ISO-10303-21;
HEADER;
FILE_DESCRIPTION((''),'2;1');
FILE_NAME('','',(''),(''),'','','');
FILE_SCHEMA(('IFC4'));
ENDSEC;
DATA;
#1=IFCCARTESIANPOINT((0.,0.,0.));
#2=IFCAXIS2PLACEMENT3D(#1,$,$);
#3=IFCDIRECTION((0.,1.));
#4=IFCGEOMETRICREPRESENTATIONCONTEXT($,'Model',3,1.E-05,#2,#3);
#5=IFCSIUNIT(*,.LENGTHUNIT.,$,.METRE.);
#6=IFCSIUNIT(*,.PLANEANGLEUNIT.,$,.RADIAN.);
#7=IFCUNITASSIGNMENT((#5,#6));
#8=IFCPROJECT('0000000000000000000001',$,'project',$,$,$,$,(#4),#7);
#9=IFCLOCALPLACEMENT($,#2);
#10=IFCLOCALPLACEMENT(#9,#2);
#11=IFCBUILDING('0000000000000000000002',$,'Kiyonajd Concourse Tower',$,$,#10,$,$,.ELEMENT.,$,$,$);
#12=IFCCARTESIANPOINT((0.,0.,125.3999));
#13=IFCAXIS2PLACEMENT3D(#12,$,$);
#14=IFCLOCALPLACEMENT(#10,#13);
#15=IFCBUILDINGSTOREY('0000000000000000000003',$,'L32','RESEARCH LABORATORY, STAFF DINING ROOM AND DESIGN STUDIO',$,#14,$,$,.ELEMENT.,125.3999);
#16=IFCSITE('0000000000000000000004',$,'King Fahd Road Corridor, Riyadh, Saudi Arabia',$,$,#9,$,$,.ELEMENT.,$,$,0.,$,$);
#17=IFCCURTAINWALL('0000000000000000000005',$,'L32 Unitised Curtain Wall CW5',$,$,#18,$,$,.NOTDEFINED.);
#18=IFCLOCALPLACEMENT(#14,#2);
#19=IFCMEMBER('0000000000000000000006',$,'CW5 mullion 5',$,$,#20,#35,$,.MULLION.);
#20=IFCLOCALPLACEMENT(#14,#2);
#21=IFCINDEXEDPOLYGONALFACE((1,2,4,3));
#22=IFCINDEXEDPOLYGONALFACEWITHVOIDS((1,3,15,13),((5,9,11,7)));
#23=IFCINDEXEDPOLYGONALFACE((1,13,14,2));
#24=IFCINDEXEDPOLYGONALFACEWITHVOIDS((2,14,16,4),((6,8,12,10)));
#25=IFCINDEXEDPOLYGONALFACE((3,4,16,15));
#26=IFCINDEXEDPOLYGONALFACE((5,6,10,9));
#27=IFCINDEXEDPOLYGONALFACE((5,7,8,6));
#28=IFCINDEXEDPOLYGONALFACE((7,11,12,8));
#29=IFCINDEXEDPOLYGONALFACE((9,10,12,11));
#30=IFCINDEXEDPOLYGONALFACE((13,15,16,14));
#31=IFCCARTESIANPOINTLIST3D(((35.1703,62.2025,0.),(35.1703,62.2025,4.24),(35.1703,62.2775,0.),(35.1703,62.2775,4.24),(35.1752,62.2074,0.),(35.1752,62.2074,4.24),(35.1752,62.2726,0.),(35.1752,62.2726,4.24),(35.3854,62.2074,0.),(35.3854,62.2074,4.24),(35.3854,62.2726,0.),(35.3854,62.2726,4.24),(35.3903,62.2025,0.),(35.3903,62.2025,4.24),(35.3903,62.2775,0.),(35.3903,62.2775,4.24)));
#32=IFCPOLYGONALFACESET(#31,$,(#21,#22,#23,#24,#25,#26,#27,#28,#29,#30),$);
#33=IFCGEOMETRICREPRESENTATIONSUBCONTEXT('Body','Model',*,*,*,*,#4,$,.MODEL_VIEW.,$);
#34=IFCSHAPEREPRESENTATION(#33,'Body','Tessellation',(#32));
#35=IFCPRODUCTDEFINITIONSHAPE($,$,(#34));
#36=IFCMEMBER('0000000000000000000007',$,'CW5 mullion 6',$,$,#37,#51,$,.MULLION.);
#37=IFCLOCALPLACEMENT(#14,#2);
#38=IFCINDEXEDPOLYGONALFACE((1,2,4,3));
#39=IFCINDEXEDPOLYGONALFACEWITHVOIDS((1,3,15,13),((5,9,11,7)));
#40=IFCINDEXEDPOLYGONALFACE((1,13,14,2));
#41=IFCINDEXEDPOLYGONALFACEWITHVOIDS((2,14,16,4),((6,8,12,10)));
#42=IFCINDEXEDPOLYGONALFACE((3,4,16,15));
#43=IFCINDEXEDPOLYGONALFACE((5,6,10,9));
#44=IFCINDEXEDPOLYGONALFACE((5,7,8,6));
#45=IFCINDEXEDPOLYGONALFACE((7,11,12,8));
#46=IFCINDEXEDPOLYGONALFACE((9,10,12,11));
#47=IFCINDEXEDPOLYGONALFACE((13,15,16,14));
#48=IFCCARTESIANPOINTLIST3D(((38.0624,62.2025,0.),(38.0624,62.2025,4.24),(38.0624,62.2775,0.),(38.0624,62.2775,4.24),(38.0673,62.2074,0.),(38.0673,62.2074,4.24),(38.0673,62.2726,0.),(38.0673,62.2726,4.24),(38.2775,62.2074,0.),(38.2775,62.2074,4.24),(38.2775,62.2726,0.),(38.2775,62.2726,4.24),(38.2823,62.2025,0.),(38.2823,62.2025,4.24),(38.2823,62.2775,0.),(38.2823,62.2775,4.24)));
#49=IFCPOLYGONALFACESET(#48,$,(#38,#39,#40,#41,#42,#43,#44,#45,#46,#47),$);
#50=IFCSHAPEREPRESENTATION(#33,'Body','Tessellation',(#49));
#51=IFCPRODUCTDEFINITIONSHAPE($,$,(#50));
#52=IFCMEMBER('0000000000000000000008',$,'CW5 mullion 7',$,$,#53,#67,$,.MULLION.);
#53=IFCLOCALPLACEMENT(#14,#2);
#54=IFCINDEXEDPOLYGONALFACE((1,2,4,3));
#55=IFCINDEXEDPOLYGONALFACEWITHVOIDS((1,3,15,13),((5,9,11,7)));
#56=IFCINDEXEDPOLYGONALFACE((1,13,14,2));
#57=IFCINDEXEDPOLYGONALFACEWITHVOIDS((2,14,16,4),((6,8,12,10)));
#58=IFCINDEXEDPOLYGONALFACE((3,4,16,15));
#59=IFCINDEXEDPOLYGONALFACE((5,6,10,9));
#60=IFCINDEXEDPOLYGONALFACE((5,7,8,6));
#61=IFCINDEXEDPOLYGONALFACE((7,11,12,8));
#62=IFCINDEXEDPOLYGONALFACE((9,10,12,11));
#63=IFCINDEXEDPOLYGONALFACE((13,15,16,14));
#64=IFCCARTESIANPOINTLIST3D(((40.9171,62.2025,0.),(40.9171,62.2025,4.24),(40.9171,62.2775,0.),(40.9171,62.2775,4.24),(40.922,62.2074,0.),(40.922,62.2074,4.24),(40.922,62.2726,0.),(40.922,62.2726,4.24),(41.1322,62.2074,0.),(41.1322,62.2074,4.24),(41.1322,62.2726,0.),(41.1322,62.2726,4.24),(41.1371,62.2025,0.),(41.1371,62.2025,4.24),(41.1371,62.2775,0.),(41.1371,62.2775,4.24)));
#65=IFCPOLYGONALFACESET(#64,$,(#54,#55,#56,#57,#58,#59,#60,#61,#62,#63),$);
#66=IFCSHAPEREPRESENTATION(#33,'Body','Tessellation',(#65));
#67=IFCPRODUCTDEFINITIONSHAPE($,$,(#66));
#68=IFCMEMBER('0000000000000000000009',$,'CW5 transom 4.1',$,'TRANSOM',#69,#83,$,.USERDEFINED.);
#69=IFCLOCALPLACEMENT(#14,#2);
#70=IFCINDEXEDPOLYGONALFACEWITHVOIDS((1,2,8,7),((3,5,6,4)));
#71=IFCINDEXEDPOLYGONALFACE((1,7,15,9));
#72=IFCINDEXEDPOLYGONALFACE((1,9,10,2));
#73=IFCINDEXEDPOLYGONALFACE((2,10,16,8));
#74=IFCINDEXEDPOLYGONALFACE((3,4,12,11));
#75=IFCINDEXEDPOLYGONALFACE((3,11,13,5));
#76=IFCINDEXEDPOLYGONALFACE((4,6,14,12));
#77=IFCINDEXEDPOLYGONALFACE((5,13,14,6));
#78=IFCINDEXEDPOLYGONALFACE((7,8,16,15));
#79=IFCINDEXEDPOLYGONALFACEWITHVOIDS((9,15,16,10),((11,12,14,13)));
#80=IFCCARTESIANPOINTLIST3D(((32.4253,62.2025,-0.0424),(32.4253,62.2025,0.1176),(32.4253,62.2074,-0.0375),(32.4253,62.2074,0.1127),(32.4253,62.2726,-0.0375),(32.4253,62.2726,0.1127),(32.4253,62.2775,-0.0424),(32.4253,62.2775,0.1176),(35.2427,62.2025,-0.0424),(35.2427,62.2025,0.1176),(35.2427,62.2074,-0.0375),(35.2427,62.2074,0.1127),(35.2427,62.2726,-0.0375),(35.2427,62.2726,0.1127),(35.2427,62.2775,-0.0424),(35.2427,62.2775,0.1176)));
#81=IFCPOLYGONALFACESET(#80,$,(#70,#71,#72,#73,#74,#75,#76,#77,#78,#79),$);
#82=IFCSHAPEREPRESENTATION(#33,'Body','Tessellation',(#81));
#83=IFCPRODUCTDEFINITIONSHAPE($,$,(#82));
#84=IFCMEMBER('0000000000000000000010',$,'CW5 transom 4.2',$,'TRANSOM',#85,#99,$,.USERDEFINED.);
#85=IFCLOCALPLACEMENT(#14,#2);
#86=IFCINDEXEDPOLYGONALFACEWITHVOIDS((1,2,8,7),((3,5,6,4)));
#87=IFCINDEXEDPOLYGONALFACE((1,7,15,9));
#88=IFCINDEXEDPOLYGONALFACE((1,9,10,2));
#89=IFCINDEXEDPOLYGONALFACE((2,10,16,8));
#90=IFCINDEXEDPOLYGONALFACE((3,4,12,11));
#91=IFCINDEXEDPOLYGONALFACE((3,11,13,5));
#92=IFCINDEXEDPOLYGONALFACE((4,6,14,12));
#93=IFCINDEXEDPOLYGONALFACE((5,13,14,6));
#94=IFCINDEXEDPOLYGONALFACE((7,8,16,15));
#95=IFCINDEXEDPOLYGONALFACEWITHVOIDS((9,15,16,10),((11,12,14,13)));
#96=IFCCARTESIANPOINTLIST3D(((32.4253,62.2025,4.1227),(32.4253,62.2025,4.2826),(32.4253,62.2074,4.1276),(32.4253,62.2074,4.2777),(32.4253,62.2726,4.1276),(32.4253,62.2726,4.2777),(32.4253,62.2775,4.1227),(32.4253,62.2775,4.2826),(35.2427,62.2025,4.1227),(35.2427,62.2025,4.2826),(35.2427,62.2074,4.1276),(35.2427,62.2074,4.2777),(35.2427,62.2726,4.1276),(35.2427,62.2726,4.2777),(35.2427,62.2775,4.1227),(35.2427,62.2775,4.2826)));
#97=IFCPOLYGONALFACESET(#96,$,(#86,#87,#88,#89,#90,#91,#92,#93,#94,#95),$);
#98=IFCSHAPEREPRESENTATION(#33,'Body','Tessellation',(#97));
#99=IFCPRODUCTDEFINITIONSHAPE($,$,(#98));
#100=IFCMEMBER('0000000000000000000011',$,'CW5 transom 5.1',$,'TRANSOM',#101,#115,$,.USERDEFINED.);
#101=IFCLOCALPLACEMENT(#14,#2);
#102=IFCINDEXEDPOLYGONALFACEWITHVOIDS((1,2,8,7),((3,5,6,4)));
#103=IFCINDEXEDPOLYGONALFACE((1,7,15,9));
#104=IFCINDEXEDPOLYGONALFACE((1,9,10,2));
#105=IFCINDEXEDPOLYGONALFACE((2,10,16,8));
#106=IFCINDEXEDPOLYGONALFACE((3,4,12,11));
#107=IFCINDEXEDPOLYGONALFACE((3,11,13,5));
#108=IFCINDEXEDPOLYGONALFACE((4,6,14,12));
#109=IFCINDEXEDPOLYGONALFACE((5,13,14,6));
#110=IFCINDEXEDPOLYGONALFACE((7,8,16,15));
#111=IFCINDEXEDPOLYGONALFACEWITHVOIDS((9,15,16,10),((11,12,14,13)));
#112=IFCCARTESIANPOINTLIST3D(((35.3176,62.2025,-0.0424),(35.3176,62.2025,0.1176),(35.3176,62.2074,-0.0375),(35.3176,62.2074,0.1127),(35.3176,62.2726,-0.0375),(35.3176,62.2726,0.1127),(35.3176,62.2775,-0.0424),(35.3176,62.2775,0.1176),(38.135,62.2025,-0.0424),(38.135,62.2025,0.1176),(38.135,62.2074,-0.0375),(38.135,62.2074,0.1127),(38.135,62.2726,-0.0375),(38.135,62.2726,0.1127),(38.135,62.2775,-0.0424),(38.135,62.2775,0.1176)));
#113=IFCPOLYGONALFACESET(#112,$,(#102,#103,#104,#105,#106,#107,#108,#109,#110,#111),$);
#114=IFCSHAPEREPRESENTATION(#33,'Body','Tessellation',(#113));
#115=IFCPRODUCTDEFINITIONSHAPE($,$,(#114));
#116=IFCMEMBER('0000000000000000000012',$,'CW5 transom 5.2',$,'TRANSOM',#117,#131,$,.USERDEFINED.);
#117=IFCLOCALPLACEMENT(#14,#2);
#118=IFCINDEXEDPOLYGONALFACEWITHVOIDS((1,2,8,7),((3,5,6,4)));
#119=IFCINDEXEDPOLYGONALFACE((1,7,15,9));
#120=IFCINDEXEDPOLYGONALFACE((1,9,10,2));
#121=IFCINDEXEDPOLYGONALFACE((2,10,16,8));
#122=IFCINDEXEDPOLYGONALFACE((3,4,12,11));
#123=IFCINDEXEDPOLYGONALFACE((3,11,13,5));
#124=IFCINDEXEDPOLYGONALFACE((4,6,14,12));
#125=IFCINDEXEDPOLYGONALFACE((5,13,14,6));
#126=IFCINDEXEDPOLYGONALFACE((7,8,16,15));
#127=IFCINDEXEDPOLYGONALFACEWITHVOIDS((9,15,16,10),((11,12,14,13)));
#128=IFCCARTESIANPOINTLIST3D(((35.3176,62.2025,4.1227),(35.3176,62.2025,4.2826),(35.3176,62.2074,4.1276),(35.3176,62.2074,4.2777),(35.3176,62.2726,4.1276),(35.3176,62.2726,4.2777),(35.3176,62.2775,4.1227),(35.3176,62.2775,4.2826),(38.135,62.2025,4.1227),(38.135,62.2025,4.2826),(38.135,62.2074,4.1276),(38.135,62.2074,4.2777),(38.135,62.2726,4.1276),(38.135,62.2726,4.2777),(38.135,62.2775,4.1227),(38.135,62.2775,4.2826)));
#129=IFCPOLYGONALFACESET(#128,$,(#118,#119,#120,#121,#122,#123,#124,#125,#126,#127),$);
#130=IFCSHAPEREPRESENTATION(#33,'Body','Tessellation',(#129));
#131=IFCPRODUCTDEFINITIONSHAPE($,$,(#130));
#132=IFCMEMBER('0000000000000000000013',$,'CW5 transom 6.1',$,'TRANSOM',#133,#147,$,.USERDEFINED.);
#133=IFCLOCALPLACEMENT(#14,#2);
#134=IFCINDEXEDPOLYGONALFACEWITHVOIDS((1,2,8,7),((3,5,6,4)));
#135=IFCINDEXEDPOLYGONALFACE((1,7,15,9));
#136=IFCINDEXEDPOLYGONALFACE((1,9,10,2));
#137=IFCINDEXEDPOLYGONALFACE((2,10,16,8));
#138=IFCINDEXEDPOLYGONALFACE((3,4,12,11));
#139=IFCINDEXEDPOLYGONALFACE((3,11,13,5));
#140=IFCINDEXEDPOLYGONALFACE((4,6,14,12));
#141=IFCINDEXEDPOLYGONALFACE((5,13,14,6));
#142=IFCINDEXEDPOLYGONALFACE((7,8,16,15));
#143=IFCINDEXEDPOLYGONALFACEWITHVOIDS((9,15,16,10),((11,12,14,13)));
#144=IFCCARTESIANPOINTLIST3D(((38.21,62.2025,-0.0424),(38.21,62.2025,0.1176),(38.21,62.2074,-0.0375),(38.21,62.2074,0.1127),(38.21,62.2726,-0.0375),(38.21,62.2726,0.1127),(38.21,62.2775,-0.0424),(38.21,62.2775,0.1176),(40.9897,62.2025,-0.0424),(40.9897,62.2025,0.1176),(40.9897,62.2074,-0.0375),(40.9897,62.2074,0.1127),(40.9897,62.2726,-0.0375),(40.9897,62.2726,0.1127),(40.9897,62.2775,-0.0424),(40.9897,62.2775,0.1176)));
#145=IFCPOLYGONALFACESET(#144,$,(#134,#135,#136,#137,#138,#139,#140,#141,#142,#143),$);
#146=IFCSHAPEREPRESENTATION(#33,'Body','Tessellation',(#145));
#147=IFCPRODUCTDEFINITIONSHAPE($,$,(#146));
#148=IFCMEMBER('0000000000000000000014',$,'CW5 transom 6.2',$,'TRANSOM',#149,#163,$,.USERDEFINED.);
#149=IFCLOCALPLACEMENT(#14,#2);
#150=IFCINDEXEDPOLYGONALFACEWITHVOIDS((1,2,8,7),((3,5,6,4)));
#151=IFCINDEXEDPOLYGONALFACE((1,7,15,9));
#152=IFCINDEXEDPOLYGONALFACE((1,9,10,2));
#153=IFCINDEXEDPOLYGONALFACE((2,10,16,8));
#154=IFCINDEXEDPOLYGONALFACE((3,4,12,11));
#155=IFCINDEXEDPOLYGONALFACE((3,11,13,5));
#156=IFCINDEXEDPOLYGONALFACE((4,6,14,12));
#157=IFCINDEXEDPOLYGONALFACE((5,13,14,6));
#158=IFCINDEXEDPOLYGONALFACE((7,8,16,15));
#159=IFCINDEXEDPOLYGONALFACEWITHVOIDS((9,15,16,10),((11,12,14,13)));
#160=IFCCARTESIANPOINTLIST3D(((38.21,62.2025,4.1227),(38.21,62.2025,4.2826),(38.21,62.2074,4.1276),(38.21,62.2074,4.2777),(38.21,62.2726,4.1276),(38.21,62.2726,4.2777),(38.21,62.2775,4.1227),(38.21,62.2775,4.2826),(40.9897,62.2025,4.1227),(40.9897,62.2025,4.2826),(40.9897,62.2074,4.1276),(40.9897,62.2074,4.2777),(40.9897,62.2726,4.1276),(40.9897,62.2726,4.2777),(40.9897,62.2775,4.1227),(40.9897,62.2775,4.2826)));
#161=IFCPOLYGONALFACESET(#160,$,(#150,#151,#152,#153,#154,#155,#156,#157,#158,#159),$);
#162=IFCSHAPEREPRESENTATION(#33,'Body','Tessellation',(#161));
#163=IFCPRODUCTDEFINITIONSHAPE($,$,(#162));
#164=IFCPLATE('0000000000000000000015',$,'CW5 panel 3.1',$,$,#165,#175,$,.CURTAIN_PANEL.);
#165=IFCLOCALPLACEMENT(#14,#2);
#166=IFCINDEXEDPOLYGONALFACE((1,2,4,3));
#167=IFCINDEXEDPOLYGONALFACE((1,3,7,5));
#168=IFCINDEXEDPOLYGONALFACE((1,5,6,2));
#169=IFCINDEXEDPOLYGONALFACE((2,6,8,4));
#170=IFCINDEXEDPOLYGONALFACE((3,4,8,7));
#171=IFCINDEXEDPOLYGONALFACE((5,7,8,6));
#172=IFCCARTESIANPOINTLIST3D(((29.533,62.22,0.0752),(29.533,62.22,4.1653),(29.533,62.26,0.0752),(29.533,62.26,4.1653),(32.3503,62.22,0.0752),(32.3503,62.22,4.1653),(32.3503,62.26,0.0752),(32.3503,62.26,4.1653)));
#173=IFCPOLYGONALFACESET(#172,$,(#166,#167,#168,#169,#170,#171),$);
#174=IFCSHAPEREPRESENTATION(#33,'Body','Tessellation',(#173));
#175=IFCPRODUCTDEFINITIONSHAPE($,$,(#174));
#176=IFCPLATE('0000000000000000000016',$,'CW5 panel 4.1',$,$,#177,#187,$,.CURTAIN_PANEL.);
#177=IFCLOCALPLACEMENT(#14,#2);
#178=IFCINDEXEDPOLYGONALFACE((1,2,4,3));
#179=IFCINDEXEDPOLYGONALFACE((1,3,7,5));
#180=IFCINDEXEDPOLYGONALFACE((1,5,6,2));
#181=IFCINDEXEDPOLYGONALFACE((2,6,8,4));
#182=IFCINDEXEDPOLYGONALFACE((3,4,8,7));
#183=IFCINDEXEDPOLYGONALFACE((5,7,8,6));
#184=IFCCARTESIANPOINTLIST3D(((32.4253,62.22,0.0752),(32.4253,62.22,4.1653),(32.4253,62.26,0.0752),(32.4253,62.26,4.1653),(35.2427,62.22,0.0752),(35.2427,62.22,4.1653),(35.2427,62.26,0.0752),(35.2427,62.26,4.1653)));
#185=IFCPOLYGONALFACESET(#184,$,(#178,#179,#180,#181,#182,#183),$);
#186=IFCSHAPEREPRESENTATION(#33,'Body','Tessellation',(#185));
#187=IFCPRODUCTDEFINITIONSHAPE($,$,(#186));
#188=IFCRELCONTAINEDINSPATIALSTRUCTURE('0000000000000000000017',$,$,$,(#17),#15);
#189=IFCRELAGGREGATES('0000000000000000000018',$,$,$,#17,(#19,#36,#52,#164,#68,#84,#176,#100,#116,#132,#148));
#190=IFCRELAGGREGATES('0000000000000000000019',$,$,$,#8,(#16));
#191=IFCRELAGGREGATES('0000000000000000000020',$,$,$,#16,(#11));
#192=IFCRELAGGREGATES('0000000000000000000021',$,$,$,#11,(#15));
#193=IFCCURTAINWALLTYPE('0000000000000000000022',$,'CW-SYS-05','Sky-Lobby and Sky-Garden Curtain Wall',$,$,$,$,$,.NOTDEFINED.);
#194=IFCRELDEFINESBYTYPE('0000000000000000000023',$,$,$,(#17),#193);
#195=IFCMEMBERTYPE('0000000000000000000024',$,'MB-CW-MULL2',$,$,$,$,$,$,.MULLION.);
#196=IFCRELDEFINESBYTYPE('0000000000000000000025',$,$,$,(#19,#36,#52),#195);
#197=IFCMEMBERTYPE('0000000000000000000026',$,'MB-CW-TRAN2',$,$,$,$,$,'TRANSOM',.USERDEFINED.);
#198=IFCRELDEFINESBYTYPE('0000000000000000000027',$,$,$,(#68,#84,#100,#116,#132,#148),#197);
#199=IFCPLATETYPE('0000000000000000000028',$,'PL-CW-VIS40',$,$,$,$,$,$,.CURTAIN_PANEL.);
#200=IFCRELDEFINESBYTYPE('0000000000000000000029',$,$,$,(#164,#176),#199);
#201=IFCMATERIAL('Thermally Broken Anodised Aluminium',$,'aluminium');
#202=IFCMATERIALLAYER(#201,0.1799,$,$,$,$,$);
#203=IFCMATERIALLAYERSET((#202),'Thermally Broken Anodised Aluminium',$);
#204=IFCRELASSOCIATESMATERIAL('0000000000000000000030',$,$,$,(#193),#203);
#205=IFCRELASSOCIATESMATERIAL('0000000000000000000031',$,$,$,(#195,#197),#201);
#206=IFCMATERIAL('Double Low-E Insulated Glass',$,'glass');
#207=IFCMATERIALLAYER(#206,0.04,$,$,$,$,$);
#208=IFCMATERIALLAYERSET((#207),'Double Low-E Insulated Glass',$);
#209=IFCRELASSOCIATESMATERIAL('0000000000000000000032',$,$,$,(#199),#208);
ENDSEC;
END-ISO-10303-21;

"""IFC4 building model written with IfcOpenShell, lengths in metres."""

from ifc_helpers import new_model, si_unit, direction, frame, origin, origin_2d, place, context, subcontext, project, spatial, rectangle, hollow_rectangle, extrude, material, layer, layer_set, material_profile, profile_set, type_object, element, aggregate, save


model = new_model("IFC4")

# Units and contexts
model_context = context("Model", 3, precision=1e-05, world=origin(), true_north=direction((0.0, 1.0)))
body_context = subcontext(model_context, "Body", "Model", "MODEL_VIEW")
ifc_project = project(units=[si_unit("LENGTHUNIT", "METRE"), si_unit("PLANEANGLEUNIT", "RADIAN")], contexts=[model_context])

# Site, building, storey
site_placement = place(None, origin())
site = spatial("IfcSite", under=ifc_project, at=site_placement, Name="King Fahd Road Corridor, Riyadh, Saudi Arabia", CompositionType="ELEMENT", RefElevation=0.0)
building_placement = place(site_placement, origin())
building = spatial("IfcBuilding", under=site, at=building_placement, Name="Kiyonajd Concourse Tower", CompositionType="ELEMENT")
storey_placement = place(building_placement, frame((0.0, 0.0, 125.3999)))
storey = spatial("IfcBuildingStorey", under=building, at=storey_placement, Name="L32", Description="RESEARCH LABORATORY, STAFF DINING ROOM AND DESIGN STUDIO", CompositionType="ELEMENT", Elevation=125.3999)

# Curtain wall, members, plates
ifc_material_1 = material(Name="Thermally Broken Anodised Aluminium", Category="aluminium")
ifc_layer_1 = layer(ifc_material_1, 0.1799)
ifc_layer_set_1 = layer_set([ifc_layer_1], Name="Thermally Broken Anodised Aluminium")
curtain_wall_type = type_object("IfcCurtainWallType", Name="CW-SYS-05", Description="Sky-Lobby and Sky-Garden Curtain Wall", PredefinedType="NOTDEFINED", material=ifc_layer_set_1)
curtain_wall_placement = place(storey_placement, origin())
curtain_wall = element("IfcCurtainWall", 1, at=curtain_wall_placement, inside=storey, type_object=curtain_wall_type, Name="L32 Unitised Curtain Wall CW5", PredefinedType="NOTDEFINED")
ifc_material_profile_1 = material_profile(ifc_material_1, hollow_rectangle(XDim=0.075, YDim=0.22, WallThickness=0.0049, at=origin_2d()), Name="MULL-75x220")
ifc_profile_set_1 = profile_set([ifc_material_profile_1], Name="Thermally Broken Anodised Aluminium")
member_type_1 = type_object("IfcMemberType", Name="MB-CW-MULL2", PredefinedType="MULLION", material=ifc_profile_set_1)
member_1_placement = place(storey_placement, frame((35.2803, 62.24, 0.0), z_axis=(0.0, 0.0, 1.0), x_axis=(0.0, 1.0, 0.0)))
member_1 = element("IfcMember", 2, at=member_1_placement, type_object=member_type_1, Name="CW5 mullion 5", PredefinedType="MULLION", context=body_context, shape_type="SweptSolid", body=[
    extrude(hollow_rectangle(XDim=0.075, YDim=0.22, WallThickness=0.0049, at=origin_2d()), origin(), (0.0, 0.0, 1.0), 4.24),
])
member_2_placement = place(storey_placement, frame((38.1724, 62.24, 0.0), z_axis=(0.0, 0.0, 1.0), x_axis=(0.0, 1.0, 0.0)))
member_2 = element("IfcMember", 3, at=member_2_placement, type_object=member_type_1, Name="CW5 mullion 6", PredefinedType="MULLION", context=body_context, shape_type="SweptSolid", body=[
    extrude(hollow_rectangle(XDim=0.075, YDim=0.22, WallThickness=0.0049, at=origin_2d()), origin(), (0.0, 0.0, 1.0), 4.24),
])
member_3_placement = place(storey_placement, frame((41.0271, 62.24, 0.0), z_axis=(0.0, 0.0, 1.0), x_axis=(0.0, 1.0, 0.0)))
member_3 = element("IfcMember", 4, at=member_3_placement, type_object=member_type_1, Name="CW5 mullion 7", PredefinedType="MULLION", context=body_context, shape_type="SweptSolid", body=[
    extrude(hollow_rectangle(XDim=0.075, YDim=0.22, WallThickness=0.0049, at=origin_2d()), origin(), (0.0, 0.0, 1.0), 4.24),
])
ifc_material_profile_2 = material_profile(ifc_material_1, hollow_rectangle(XDim=0.075, YDim=0.1599, WallThickness=0.0049, at=origin_2d()), Name="TRAN-75x160")
ifc_profile_set_2 = profile_set([ifc_material_profile_2], Name="Thermally Broken Anodised Aluminium")
member_type_2 = type_object("IfcMemberType", Name="MB-CW-TRAN2", ElementType="TRANSOM", PredefinedType="USERDEFINED", material=ifc_profile_set_2)
member_4_placement = place(storey_placement, frame((32.4253, 62.24, 0.0376), z_axis=(1.0, 0.0, 0.0), x_axis=(0.0, 1.0, 0.0)))
member_4 = element("IfcMember", 5, at=member_4_placement, type_object=member_type_2, Name="CW5 transom 4.1", ObjectType="TRANSOM", PredefinedType="USERDEFINED", context=body_context, shape_type="SweptSolid", body=[
    extrude(hollow_rectangle(XDim=0.075, YDim=0.1599, WallThickness=0.0049, at=origin_2d()), origin(), (0.0, 0.0, 1.0), 2.8174),
])
member_5_placement = place(storey_placement, frame((32.4253, 62.24, 4.2026), z_axis=(1.0, 0.0, 0.0), x_axis=(0.0, 1.0, 0.0)))
member_5 = element("IfcMember", 6, at=member_5_placement, type_object=member_type_2, Name="CW5 transom 4.2", ObjectType="TRANSOM", PredefinedType="USERDEFINED", context=body_context, shape_type="SweptSolid", body=[
    extrude(hollow_rectangle(XDim=0.075, YDim=0.1599, WallThickness=0.0049, at=origin_2d()), origin(), (0.0, 0.0, 1.0), 2.8174),
])
member_6_placement = place(storey_placement, frame((35.3176, 62.24, 0.0376), z_axis=(1.0, 0.0, 0.0), x_axis=(0.0, 1.0, 0.0)))
member_6 = element("IfcMember", 7, at=member_6_placement, type_object=member_type_2, Name="CW5 transom 5.1", ObjectType="TRANSOM", PredefinedType="USERDEFINED", context=body_context, shape_type="SweptSolid", body=[
    extrude(hollow_rectangle(XDim=0.075, YDim=0.1599, WallThickness=0.0049, at=origin_2d()), origin(), (0.0, 0.0, 1.0), 2.8174),
])
member_7_placement = place(storey_placement, frame((35.3176, 62.24, 4.2026), z_axis=(1.0, 0.0, 0.0), x_axis=(0.0, 1.0, 0.0)))
member_7 = element("IfcMember", 8, at=member_7_placement, type_object=member_type_2, Name="CW5 transom 5.2", ObjectType="TRANSOM", PredefinedType="USERDEFINED", context=body_context, shape_type="SweptSolid", body=[
    extrude(hollow_rectangle(XDim=0.075, YDim=0.1599, WallThickness=0.0049, at=origin_2d()), origin(), (0.0, 0.0, 1.0), 2.8174),
])
member_8_placement = place(storey_placement, frame((38.21, 62.24, 0.0376), z_axis=(1.0, 0.0, 0.0), x_axis=(0.0, 1.0, 0.0)))
member_8 = element("IfcMember", 9, at=member_8_placement, type_object=member_type_2, Name="CW5 transom 6.1", ObjectType="TRANSOM", PredefinedType="USERDEFINED", context=body_context, shape_type="SweptSolid", body=[
    extrude(hollow_rectangle(XDim=0.075, YDim=0.1599, WallThickness=0.0049, at=origin_2d()), origin(), (0.0, 0.0, 1.0), 2.7798),
])
member_9_placement = place(storey_placement, frame((38.21, 62.24, 4.2026), z_axis=(1.0, 0.0, 0.0), x_axis=(0.0, 1.0, 0.0)))
member_9 = element("IfcMember", 10, at=member_9_placement, type_object=member_type_2, Name="CW5 transom 6.2", ObjectType="TRANSOM", PredefinedType="USERDEFINED", context=body_context, shape_type="SweptSolid", body=[
    extrude(hollow_rectangle(XDim=0.075, YDim=0.1599, WallThickness=0.0049, at=origin_2d()), origin(), (0.0, 0.0, 1.0), 2.7798),
])
ifc_material_2 = material(Name="Double Low-E Insulated Glass", Category="glass")
ifc_layer_2 = layer(ifc_material_2, 0.04)
ifc_layer_set_2 = layer_set([ifc_layer_2], Name="Double Low-E Insulated Glass")
plate_type_1 = type_object("IfcPlateType", Name="PL-CW-VIS40", PredefinedType="CURTAIN_PANEL", material=ifc_layer_set_2)
plate_1_placement = place(storey_placement, frame((30.9417, 62.24, 0.0752), z_axis=(0.0, 0.0, 1.0), x_axis=(1.0, 0.0, 0.0)))
plate_1 = element("IfcPlate", 11, at=plate_1_placement, type_object=plate_type_1, Name="CW5 panel 3.1", PredefinedType="CURTAIN_PANEL", context=body_context, shape_type="SweptSolid", body=[
    extrude(rectangle(XDim=2.8174, YDim=0.04, at=origin_2d()), origin(), (0.0, 0.0, 1.0), 4.0901),
])
plate_2_placement = place(storey_placement, frame((33.834, 62.24, 0.0752), z_axis=(0.0, 0.0, 1.0), x_axis=(1.0, 0.0, 0.0)))
plate_2 = element("IfcPlate", 12, at=plate_2_placement, type_object=plate_type_1, Name="CW5 panel 4.1", PredefinedType="CURTAIN_PANEL", context=body_context, shape_type="SweptSolid", body=[
    extrude(rectangle(XDim=2.8174, YDim=0.04, at=origin_2d()), origin(), (0.0, 0.0, 1.0), 4.0901),
])
aggregate(curtain_wall, [member_1, member_2, member_3, plate_1, member_4, member_5, plate_2, member_6, member_7, member_8, member_9])

save(model, "model.ifc")
